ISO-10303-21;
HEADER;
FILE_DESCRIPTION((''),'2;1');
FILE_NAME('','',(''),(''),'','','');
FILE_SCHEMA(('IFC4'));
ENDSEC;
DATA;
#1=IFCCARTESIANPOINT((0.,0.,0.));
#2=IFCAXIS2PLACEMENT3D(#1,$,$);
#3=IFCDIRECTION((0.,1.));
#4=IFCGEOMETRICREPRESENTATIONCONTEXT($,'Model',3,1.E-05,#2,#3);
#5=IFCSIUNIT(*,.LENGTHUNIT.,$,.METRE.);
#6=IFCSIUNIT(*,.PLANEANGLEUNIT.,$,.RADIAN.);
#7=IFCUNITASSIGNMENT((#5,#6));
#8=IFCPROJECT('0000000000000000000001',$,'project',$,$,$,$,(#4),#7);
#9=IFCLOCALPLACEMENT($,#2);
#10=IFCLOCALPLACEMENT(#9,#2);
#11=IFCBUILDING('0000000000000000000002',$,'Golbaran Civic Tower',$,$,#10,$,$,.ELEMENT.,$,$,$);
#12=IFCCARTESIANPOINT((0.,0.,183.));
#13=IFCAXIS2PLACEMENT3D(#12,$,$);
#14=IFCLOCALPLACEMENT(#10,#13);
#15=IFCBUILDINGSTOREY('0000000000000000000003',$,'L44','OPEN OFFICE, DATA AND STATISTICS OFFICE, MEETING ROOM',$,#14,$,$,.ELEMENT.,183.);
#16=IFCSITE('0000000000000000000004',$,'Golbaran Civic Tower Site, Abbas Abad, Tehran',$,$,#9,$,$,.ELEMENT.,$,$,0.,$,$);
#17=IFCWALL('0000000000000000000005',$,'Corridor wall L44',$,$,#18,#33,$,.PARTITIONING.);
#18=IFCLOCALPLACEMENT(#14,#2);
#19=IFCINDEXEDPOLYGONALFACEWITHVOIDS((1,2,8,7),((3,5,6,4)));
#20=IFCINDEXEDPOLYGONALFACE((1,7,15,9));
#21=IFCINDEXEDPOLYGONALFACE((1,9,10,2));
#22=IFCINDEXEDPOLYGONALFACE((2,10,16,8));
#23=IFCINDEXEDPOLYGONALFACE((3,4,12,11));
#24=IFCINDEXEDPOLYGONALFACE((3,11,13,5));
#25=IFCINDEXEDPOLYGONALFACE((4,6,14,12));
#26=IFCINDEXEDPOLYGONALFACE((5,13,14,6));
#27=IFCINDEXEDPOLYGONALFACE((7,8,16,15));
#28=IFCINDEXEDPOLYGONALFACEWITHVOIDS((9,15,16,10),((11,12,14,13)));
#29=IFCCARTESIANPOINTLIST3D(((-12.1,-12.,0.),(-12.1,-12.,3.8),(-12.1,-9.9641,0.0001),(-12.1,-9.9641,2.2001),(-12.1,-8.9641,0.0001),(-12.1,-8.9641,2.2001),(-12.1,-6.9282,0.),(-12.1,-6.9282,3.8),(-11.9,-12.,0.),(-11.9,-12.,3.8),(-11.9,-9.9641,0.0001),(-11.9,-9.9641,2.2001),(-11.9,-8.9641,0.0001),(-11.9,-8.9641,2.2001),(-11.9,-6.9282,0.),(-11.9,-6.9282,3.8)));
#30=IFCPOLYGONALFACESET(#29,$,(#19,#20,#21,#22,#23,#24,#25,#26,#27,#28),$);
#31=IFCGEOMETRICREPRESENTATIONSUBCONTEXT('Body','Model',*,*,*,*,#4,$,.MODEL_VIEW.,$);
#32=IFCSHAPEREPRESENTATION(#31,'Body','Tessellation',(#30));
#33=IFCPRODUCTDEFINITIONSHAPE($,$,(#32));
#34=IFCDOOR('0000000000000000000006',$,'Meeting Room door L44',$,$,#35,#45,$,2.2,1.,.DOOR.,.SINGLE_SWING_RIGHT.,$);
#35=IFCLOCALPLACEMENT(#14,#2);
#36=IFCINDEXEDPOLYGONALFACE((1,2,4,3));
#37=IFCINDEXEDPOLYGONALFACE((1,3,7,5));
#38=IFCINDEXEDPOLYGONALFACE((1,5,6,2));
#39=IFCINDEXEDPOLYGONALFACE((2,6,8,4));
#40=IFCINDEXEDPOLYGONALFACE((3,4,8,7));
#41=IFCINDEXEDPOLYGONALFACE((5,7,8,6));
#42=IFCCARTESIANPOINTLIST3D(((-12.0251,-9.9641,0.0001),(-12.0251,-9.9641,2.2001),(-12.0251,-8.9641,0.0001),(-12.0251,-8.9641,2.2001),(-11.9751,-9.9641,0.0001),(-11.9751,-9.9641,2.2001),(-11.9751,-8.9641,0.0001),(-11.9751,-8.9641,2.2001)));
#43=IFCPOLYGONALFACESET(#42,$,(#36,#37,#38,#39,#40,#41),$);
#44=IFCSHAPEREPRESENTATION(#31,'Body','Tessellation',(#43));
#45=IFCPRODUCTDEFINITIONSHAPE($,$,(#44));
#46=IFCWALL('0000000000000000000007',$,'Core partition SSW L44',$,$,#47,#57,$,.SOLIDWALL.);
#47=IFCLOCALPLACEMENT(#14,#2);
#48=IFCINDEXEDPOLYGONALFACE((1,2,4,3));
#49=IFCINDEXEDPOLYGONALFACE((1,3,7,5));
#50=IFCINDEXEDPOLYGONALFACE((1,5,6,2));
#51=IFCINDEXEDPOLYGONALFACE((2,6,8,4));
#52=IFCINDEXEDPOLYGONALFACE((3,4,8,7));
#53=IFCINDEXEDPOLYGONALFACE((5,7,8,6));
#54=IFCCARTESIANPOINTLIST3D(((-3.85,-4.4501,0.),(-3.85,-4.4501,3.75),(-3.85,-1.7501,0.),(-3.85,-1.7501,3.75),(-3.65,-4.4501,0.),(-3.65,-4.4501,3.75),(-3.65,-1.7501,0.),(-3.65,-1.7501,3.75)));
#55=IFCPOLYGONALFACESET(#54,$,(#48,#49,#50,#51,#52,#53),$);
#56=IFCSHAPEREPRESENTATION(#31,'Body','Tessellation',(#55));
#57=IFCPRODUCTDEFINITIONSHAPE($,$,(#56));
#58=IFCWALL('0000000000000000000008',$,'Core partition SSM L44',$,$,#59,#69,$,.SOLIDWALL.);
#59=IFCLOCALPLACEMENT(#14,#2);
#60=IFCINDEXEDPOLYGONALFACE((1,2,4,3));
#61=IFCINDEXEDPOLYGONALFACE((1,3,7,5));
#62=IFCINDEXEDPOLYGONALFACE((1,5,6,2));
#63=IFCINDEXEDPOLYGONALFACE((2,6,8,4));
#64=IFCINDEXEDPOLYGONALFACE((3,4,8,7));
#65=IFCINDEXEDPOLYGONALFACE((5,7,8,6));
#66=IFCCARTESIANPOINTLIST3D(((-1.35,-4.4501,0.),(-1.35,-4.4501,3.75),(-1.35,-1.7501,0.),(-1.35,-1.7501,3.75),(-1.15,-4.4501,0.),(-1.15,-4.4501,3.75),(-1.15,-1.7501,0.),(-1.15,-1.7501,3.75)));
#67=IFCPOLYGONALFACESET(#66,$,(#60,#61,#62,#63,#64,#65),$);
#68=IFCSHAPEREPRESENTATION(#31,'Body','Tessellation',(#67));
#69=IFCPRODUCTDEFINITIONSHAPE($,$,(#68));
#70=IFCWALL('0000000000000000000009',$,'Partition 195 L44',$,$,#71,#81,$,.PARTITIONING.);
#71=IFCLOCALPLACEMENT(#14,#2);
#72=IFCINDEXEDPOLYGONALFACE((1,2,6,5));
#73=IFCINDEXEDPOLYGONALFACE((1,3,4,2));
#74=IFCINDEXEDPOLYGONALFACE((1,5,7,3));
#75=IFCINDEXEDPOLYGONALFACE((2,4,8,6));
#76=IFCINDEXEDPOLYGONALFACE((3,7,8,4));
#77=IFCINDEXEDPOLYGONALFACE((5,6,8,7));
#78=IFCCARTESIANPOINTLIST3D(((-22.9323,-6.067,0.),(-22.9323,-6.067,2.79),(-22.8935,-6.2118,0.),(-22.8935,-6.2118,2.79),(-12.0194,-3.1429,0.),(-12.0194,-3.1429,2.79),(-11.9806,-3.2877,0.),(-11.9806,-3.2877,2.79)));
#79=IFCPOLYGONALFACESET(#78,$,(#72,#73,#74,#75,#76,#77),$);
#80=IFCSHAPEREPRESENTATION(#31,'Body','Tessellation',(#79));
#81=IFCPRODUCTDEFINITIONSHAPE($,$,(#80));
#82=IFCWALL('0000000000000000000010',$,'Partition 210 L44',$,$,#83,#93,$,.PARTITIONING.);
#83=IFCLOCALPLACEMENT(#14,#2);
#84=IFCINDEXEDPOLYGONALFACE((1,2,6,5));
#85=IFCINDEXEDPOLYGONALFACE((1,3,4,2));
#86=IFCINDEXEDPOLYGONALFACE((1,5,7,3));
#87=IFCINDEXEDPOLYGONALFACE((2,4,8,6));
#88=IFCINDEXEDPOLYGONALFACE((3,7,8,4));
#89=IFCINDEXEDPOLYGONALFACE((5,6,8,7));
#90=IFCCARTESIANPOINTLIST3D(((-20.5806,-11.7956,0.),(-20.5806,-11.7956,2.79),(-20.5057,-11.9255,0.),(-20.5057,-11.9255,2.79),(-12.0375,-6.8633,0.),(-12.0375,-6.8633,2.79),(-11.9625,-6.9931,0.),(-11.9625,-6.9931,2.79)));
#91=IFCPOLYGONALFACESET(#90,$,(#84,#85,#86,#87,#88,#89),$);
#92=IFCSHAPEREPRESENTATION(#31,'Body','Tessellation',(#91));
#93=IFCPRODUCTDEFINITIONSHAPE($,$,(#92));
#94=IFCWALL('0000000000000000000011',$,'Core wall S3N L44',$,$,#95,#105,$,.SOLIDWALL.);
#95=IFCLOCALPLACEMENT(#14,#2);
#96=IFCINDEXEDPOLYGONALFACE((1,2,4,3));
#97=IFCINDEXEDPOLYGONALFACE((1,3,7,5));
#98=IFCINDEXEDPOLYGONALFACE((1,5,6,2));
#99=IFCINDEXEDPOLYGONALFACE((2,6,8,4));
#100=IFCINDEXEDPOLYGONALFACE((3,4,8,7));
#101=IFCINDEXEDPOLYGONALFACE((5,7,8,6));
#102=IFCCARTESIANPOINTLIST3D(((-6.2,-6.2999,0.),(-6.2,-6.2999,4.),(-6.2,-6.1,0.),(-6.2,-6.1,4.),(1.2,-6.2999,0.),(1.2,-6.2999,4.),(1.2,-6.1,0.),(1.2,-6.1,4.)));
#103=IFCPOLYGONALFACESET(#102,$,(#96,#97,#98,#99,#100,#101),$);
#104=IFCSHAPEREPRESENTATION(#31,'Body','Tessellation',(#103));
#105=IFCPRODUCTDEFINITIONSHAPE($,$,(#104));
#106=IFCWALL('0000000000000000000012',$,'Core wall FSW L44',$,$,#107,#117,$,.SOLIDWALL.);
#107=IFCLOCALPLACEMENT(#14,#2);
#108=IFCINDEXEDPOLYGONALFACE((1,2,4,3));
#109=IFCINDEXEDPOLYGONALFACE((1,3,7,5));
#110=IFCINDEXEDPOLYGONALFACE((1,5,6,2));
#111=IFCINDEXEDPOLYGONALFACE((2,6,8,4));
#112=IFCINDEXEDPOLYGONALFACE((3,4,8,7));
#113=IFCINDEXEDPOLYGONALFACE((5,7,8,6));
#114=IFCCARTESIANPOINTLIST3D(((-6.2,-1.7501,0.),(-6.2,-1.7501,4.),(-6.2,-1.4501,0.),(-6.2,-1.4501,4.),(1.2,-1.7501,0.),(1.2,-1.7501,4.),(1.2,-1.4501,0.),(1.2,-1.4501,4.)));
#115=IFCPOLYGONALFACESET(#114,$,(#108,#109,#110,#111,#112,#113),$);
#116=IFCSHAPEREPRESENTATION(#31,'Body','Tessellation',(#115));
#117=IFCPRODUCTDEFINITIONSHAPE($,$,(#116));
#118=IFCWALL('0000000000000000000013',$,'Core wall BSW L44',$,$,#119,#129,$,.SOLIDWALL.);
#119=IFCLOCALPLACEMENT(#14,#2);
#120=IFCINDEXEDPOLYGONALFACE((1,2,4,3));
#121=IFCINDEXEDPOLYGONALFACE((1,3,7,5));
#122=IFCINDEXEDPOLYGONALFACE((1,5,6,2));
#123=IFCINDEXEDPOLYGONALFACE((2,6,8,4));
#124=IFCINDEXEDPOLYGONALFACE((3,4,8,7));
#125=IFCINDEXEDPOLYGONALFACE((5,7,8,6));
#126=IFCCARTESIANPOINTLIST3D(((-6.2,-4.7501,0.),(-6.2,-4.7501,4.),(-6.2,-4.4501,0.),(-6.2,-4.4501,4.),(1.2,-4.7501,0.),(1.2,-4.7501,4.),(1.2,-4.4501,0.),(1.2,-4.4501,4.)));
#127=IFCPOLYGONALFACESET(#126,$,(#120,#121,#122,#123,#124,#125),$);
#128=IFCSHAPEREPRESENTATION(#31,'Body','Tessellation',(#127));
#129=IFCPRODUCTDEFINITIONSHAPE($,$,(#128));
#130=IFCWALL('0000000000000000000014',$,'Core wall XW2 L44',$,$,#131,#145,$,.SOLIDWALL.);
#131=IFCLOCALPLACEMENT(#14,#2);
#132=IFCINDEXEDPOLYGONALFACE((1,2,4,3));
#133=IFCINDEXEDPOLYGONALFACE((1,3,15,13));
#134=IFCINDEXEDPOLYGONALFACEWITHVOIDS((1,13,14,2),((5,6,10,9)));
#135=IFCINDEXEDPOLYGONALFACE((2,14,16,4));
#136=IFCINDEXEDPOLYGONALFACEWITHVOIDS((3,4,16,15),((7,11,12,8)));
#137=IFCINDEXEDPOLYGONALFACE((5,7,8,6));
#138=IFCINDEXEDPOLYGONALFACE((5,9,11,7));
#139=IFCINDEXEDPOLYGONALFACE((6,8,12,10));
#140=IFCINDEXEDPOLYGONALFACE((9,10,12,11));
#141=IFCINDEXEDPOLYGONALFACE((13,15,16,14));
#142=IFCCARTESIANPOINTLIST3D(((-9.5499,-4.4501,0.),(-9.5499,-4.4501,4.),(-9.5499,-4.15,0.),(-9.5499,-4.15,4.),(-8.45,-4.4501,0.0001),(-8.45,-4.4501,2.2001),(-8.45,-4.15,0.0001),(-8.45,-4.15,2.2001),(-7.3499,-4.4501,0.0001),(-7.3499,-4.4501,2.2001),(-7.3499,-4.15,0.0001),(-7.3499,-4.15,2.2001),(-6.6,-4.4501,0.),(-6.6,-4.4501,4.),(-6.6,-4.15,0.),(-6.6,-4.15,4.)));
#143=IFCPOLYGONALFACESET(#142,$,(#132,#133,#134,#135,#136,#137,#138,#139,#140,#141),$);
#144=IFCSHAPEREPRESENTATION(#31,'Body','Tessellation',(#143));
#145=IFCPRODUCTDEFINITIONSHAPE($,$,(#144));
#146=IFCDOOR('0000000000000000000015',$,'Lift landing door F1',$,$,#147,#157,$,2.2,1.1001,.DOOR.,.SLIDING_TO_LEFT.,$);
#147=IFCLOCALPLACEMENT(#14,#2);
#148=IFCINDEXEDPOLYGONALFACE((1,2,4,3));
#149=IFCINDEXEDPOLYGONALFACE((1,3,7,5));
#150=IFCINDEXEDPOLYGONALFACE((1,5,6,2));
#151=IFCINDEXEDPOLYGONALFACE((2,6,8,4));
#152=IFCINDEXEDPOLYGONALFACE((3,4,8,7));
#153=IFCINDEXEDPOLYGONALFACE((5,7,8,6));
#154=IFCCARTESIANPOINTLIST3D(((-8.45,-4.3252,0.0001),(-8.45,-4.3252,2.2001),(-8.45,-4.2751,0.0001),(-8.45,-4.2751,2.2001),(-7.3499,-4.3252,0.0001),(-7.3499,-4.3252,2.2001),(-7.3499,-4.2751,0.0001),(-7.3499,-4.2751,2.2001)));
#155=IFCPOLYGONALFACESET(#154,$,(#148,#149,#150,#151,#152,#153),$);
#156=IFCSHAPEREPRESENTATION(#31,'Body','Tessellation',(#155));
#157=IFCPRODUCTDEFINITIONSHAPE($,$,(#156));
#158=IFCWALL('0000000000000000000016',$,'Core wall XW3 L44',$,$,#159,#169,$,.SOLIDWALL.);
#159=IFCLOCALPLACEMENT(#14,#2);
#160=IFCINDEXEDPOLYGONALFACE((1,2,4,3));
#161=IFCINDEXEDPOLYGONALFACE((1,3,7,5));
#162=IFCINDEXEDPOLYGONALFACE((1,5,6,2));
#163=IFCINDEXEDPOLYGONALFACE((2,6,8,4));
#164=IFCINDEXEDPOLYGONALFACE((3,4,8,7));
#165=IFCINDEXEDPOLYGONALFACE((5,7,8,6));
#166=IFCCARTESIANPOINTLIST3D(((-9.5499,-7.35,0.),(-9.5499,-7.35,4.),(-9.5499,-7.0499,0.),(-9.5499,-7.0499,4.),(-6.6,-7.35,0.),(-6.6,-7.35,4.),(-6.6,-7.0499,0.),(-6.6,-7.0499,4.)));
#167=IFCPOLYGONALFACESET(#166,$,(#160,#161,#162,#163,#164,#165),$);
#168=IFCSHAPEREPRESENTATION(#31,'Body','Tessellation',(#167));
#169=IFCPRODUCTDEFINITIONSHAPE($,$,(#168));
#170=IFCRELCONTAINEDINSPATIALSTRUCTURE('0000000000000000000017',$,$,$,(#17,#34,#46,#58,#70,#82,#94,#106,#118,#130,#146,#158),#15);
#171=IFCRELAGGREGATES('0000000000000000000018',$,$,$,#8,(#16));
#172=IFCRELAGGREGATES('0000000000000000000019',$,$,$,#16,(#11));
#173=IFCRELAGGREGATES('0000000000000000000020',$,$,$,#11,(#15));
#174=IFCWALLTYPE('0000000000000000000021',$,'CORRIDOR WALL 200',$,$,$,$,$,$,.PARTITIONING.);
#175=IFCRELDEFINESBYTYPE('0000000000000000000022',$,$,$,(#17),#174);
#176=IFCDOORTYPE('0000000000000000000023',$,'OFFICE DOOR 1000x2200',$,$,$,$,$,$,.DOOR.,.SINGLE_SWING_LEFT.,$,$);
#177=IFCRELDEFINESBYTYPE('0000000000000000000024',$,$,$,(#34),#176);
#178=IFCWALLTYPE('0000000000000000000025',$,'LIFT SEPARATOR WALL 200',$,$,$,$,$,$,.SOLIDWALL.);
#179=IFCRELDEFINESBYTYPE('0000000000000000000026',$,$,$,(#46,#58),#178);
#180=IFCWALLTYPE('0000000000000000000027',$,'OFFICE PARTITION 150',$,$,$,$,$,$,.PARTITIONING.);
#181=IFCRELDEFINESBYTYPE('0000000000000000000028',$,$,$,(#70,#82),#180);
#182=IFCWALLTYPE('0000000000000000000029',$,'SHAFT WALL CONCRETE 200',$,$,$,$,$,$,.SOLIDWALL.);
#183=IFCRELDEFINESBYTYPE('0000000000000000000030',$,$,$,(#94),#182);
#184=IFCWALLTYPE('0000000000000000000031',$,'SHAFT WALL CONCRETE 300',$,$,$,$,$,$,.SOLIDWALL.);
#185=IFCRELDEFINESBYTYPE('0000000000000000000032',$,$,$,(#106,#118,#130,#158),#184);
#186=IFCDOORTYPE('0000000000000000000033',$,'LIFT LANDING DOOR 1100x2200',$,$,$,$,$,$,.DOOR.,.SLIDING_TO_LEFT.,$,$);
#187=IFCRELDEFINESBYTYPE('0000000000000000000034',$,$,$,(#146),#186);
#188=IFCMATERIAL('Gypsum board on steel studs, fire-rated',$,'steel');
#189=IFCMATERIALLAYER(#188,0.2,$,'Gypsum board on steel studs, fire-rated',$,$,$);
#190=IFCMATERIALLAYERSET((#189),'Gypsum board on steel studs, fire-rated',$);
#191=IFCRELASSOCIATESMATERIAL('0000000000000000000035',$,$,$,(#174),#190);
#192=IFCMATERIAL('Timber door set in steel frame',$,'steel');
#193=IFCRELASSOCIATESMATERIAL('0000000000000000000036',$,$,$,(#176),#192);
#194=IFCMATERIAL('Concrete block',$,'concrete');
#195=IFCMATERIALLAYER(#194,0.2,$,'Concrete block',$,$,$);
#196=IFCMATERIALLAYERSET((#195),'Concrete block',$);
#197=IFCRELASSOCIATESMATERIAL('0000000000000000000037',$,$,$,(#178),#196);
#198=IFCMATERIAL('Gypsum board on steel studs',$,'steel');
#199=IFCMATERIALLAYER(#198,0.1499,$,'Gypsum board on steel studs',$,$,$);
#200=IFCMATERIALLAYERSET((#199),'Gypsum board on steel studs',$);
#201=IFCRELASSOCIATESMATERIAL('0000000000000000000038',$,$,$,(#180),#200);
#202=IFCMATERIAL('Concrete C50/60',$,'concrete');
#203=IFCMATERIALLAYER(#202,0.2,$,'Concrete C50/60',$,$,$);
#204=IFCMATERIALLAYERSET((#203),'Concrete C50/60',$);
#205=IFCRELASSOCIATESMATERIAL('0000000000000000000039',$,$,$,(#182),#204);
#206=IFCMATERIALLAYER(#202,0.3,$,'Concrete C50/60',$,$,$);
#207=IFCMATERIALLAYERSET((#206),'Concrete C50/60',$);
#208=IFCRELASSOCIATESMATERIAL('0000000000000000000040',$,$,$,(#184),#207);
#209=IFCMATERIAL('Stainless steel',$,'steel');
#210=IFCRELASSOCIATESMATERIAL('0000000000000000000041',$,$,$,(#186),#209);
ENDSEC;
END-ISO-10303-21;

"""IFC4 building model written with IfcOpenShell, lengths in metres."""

from ifc_helpers import new_model, si_unit, direction, frame, frame_2d, origin, place, context, subcontext, project, spatial, rectangle, extrude, material, layer, layer_set, type_object, element, fill, save


model = new_model("IFC4")

# Units and contexts
model_context = context("Model", 3, precision=1e-05, world=origin(), true_north=direction((0.0, 1.0)))
body_context = subcontext(model_context, "Body", "Model", "MODEL_VIEW")
ifc_project = project(units=[si_unit("LENGTHUNIT", "METRE"), si_unit("PLANEANGLEUNIT", "RADIAN")], contexts=[model_context])

# Site, building, storey
site_placement = place(None, origin())
site = spatial("IfcSite", under=ifc_project, at=site_placement, Name="Golbaran Civic Tower Site, Abbas Abad, Tehran", CompositionType="ELEMENT", RefElevation=0.0)
building_placement = place(site_placement, origin())
building = spatial("IfcBuilding", under=site, at=building_placement, Name="Golbaran Civic Tower", CompositionType="ELEMENT")
storey_placement = place(building_placement, frame((0.0, 0.0, 183.0)))
storey = spatial("IfcBuildingStorey", under=building, at=storey_placement, Name="L44", Description="OPEN OFFICE, DATA AND STATISTICS OFFICE, MEETING ROOM", CompositionType="ELEMENT", Elevation=183.0)

# Wall, opening, door
ifc_material_1 = material(Name="Concrete C50/60", Category="concrete")
ifc_material_2 = material(Name="Timber door set in steel frame", Category="steel")
ifc_material_3 = material(Name="Gypsum board on steel studs, fire-rated", Category="steel")
ifc_layer_1 = layer(ifc_material_3, 0.2, Name="Gypsum board on steel studs, fire-rated")
ifc_layer_set_1 = layer_set([ifc_layer_1], Name="Gypsum board on steel studs, fire-rated")
wall_type_1 = type_object("IfcWallType", Name="CORRIDOR WALL 200", PredefinedType="PARTITIONING", material=ifc_layer_set_1)
door_type_1 = type_object("IfcDoorType", Name="OFFICE DOOR 1000x2200", OperationType="SINGLE_SWING_LEFT", PredefinedType="DOOR", material=ifc_material_2)
wall_1_placement = place(storey_placement, frame((-12.0, -6.9282, 0.0), z_axis=(0.0, 0.0, 1.0), x_axis=(0.0, -1.0, 0.0)))
wall_1 = element("IfcWall", 1, at=wall_1_placement, inside=storey, type_object=wall_type_1, Name="Corridor wall L44", PredefinedType="PARTITIONING", context=body_context, shape_type="SweptSolid", body=[
    extrude(rectangle(XDim=5.0718, YDim=0.2, at=frame_2d((2.5359, 0.0))), origin(), (0.0, 0.0, 1.0), 3.8),
])
opening_1_placement = place(wall_1_placement, frame((2.0359, 0.0, 0.0)))
opening_1 = element("IfcOpeningElement", 2, at=opening_1_placement, cuts=wall_1, PredefinedType="OPENING", context=body_context, shape_type="SweptSolid", body=[
    extrude(rectangle(XDim=1.0, YDim=2.2, at=frame_2d((0.5, 1.1001))), frame((0.0, 0.1099, 0.0), z_axis=(0.0, -1.0, 0.0), x_axis=(1.0, 0.0, 0.0)), (0.0, 0.0, 1.0), 0.22),
])
door_1_placement = place(opening_1_placement, origin())
door_1 = element("IfcDoor", 3, at=door_1_placement, inside=storey, type_object=door_type_1, Name="Meeting Room door L44", OperationType="SINGLE_SWING_RIGHT", OverallHeight=2.2, OverallWidth=1.0, PredefinedType="DOOR", context=body_context, shape_type="SweptSolid", body=[
    extrude(rectangle(XDim=1.0, YDim=2.2, at=frame_2d((0.5, 1.1001))), frame((0.0, 0.0249, 0.0), z_axis=(0.0, -1.0, 0.0), x_axis=(1.0, 0.0, 0.0)), (0.0, 0.0, 1.0), 0.05),
])
fill(opening_1, door_1)

# Walls
ifc_material_4 = material(Name="Concrete block", Category="concrete")
ifc_layer_2 = layer(ifc_material_4, 0.2, Name="Concrete block")
ifc_layer_set_2 = layer_set([ifc_layer_2], Name="Concrete block")
wall_type_2 = type_object("IfcWallType", Name="LIFT SEPARATOR WALL 200", PredefinedType="SOLIDWALL", material=ifc_layer_set_2)
for number, where, z_axis, x_axis, name in (
    (4, (-3.75, -1.75, 0.0), (0.0, 0.0, 1.0), (0.0, -1.0, 0.0), "Core partition SSW L44"),
    (5, (-1.25, -1.75, 0.0), (0.0, 0.0, 1.0), (0.0, -1.0, 0.0), "Core partition SSM L44"),
):
    element("IfcWall", number, at=place(storey_placement, frame(where, z_axis=z_axis, x_axis=x_axis)), inside=storey, type_object=wall_type_2, Name=name, PredefinedType="SOLIDWALL", context=body_context, shape_type="SweptSolid", body=[
        extrude(rectangle(XDim=2.7, YDim=0.2, at=frame_2d((1.3501, 0.0))), origin(), (0.0, 0.0, 1.0), 3.75),
    ])
ifc_material_5 = material(Name="Gypsum board on steel studs", Category="steel")
ifc_layer_3 = layer(ifc_material_5, 0.1499, Name="Gypsum board on steel studs")
ifc_layer_set_3 = layer_set([ifc_layer_3], Name="Gypsum board on steel studs")
wall_type_3 = type_object("IfcWallType", Name="OFFICE PARTITION 150", PredefinedType="PARTITIONING", material=ifc_layer_set_3)
wall_2_placement = place(storey_placement, frame((-12.0, -3.2153, 0.0), z_axis=(0.0, 0.0, 1.0), x_axis=(-0.965926, -0.258818, 0.0)))
element("IfcWall", 6, at=wall_2_placement, inside=storey, type_object=wall_type_3, Name="Partition 195 L44", PredefinedType="PARTITIONING", context=body_context, shape_type="SweptSolid", body=[
    extrude(rectangle(XDim=11.2979, YDim=0.1499, at=frame_2d((5.6489, 0.0))), origin(), (0.0, 0.0, 1.0), 2.79),
])
wall_3_placement = place(storey_placement, frame((-12.0, -6.9282, 0.0), z_axis=(0.0, 0.0, 1.0), x_axis=(-0.866028, -0.499996, 0.0)))
element("IfcWall", 7, at=wall_3_placement, inside=storey, type_object=wall_type_3, Name="Partition 210 L44", PredefinedType="PARTITIONING", context=body_context, shape_type="SweptSolid", body=[
    extrude(rectangle(XDim=9.8647, YDim=0.1499, at=frame_2d((4.9324, 0.0))), origin(), (0.0, 0.0, 1.0), 2.79),
])
ifc_layer_4 = layer(ifc_material_1, 0.2, Name="Concrete C50/60")
ifc_layer_set_4 = layer_set([ifc_layer_4], Name="Concrete C50/60")
wall_type_4 = type_object("IfcWallType", Name="SHAFT WALL CONCRETE 200", PredefinedType="SOLIDWALL", material=ifc_layer_set_4)
wall_4_placement = place(storey_placement, frame((-6.2, -6.2, 0.0), z_axis=(0.0, 0.0, 1.0), x_axis=(1.0, 0.0, 0.0)))
element("IfcWall", 8, at=wall_4_placement, inside=storey, type_object=wall_type_4, Name="Core wall S3N L44", PredefinedType="SOLIDWALL", context=body_context, shape_type="SweptSolid", body=[
    extrude(rectangle(XDim=7.3999, YDim=0.2, at=frame_2d((3.7, 0.0))), origin(), (0.0, 0.0, 1.0), 4.0),
])
ifc_layer_5 = layer(ifc_material_1, 0.3, Name="Concrete C50/60")
ifc_layer_set_5 = layer_set([ifc_layer_5], Name="Concrete C50/60")
wall_type_5 = type_object("IfcWallType", Name="SHAFT WALL CONCRETE 300", PredefinedType="SOLIDWALL", material=ifc_layer_set_5)
for number, where, z_axis, x_axis, name in (
    (9, (-6.2, -1.6001, 0.0), (0.0, 0.0, 1.0), (1.0, 0.0, 0.0), "Core wall FSW L44"),
    (10, (-6.2, -4.6001, 0.0), (0.0, 0.0, 1.0), (1.0, 0.0, 0.0), "Core wall BSW L44"),
):
    element("IfcWall", number, at=place(storey_placement, frame(where, z_axis=z_axis, x_axis=x_axis)), inside=storey, type_object=wall_type_5, Name=name, PredefinedType="SOLIDWALL", context=body_context, shape_type="SweptSolid", body=[
        extrude(rectangle(XDim=7.3999, YDim=0.3, at=frame_2d((3.7, 0.0))), origin(), (0.0, 0.0, 1.0), 4.0),
    ])

# Wall, opening, door
wall_5_placement = place(storey_placement, frame((-9.55, -4.3, 0.0), z_axis=(0.0, 0.0, 1.0), x_axis=(1.0, 0.0, 0.0)))
wall_5 = element("IfcWall", 11, at=wall_5_placement, inside=storey, type_object=wall_type_5, Name="Core wall XW2 L44", PredefinedType="SOLIDWALL", context=body_context, shape_type="SweptSolid", body=[
    extrude(rectangle(XDim=2.95, YDim=0.3, at=frame_2d((1.4751, 0.0))), origin(), (0.0, 0.0, 1.0), 4.0),
])
opening_2_placement = place(wall_5_placement, frame((1.1001, 0.0, 0.0)))
opening_2 = element("IfcOpeningElement", 12, at=opening_2_placement, cuts=wall_5, PredefinedType="OPENING", context=body_context, shape_type="SweptSolid", body=[
    extrude(rectangle(XDim=1.1001, YDim=2.2, at=frame_2d((0.55, 1.1001))), frame((0.0, 0.1599, 0.0), z_axis=(0.0, -1.0, 0.0), x_axis=(1.0, 0.0, 0.0)), (0.0, 0.0, 1.0), 0.3201),
])
ifc_material_6 = material(Name="Stainless steel", Category="steel")
door_type_2 = type_object("IfcDoorType", Name="LIFT LANDING DOOR 1100x2200", OperationType="SLIDING_TO_LEFT", PredefinedType="DOOR", material=ifc_material_6)
door_2_placement = place(opening_2_placement, origin())
door_2 = element("IfcDoor", 13, at=door_2_placement, inside=storey, type_object=door_type_2, Name="Lift landing door F1", OperationType="SLIDING_TO_LEFT", OverallHeight=2.2, OverallWidth=1.1001, PredefinedType="DOOR", context=body_context, shape_type="SweptSolid", body=[
    extrude(rectangle(XDim=1.1001, YDim=2.2, at=frame_2d((0.55, 1.1001))), frame((0.0, 0.0249, 0.0), z_axis=(0.0, -1.0, 0.0), x_axis=(1.0, 0.0, 0.0)), (0.0, 0.0, 1.0), 0.05),
])
fill(opening_2, door_2)

# Wall
wall_6_placement = place(storey_placement, frame((-9.55, -7.2, 0.0), z_axis=(0.0, 0.0, 1.0), x_axis=(1.0, 0.0, 0.0)))
element("IfcWall", 14, at=wall_6_placement, inside=storey, type_object=wall_type_5, Name="Core wall XW3 L44", PredefinedType="SOLIDWALL", context=body_context, shape_type="SweptSolid", body=[
    extrude(rectangle(XDim=2.95, YDim=0.3, at=frame_2d((1.4751, 0.0))), origin(), (0.0, 0.0, 1.0), 4.0),
])

save(model, "model.ifc")
